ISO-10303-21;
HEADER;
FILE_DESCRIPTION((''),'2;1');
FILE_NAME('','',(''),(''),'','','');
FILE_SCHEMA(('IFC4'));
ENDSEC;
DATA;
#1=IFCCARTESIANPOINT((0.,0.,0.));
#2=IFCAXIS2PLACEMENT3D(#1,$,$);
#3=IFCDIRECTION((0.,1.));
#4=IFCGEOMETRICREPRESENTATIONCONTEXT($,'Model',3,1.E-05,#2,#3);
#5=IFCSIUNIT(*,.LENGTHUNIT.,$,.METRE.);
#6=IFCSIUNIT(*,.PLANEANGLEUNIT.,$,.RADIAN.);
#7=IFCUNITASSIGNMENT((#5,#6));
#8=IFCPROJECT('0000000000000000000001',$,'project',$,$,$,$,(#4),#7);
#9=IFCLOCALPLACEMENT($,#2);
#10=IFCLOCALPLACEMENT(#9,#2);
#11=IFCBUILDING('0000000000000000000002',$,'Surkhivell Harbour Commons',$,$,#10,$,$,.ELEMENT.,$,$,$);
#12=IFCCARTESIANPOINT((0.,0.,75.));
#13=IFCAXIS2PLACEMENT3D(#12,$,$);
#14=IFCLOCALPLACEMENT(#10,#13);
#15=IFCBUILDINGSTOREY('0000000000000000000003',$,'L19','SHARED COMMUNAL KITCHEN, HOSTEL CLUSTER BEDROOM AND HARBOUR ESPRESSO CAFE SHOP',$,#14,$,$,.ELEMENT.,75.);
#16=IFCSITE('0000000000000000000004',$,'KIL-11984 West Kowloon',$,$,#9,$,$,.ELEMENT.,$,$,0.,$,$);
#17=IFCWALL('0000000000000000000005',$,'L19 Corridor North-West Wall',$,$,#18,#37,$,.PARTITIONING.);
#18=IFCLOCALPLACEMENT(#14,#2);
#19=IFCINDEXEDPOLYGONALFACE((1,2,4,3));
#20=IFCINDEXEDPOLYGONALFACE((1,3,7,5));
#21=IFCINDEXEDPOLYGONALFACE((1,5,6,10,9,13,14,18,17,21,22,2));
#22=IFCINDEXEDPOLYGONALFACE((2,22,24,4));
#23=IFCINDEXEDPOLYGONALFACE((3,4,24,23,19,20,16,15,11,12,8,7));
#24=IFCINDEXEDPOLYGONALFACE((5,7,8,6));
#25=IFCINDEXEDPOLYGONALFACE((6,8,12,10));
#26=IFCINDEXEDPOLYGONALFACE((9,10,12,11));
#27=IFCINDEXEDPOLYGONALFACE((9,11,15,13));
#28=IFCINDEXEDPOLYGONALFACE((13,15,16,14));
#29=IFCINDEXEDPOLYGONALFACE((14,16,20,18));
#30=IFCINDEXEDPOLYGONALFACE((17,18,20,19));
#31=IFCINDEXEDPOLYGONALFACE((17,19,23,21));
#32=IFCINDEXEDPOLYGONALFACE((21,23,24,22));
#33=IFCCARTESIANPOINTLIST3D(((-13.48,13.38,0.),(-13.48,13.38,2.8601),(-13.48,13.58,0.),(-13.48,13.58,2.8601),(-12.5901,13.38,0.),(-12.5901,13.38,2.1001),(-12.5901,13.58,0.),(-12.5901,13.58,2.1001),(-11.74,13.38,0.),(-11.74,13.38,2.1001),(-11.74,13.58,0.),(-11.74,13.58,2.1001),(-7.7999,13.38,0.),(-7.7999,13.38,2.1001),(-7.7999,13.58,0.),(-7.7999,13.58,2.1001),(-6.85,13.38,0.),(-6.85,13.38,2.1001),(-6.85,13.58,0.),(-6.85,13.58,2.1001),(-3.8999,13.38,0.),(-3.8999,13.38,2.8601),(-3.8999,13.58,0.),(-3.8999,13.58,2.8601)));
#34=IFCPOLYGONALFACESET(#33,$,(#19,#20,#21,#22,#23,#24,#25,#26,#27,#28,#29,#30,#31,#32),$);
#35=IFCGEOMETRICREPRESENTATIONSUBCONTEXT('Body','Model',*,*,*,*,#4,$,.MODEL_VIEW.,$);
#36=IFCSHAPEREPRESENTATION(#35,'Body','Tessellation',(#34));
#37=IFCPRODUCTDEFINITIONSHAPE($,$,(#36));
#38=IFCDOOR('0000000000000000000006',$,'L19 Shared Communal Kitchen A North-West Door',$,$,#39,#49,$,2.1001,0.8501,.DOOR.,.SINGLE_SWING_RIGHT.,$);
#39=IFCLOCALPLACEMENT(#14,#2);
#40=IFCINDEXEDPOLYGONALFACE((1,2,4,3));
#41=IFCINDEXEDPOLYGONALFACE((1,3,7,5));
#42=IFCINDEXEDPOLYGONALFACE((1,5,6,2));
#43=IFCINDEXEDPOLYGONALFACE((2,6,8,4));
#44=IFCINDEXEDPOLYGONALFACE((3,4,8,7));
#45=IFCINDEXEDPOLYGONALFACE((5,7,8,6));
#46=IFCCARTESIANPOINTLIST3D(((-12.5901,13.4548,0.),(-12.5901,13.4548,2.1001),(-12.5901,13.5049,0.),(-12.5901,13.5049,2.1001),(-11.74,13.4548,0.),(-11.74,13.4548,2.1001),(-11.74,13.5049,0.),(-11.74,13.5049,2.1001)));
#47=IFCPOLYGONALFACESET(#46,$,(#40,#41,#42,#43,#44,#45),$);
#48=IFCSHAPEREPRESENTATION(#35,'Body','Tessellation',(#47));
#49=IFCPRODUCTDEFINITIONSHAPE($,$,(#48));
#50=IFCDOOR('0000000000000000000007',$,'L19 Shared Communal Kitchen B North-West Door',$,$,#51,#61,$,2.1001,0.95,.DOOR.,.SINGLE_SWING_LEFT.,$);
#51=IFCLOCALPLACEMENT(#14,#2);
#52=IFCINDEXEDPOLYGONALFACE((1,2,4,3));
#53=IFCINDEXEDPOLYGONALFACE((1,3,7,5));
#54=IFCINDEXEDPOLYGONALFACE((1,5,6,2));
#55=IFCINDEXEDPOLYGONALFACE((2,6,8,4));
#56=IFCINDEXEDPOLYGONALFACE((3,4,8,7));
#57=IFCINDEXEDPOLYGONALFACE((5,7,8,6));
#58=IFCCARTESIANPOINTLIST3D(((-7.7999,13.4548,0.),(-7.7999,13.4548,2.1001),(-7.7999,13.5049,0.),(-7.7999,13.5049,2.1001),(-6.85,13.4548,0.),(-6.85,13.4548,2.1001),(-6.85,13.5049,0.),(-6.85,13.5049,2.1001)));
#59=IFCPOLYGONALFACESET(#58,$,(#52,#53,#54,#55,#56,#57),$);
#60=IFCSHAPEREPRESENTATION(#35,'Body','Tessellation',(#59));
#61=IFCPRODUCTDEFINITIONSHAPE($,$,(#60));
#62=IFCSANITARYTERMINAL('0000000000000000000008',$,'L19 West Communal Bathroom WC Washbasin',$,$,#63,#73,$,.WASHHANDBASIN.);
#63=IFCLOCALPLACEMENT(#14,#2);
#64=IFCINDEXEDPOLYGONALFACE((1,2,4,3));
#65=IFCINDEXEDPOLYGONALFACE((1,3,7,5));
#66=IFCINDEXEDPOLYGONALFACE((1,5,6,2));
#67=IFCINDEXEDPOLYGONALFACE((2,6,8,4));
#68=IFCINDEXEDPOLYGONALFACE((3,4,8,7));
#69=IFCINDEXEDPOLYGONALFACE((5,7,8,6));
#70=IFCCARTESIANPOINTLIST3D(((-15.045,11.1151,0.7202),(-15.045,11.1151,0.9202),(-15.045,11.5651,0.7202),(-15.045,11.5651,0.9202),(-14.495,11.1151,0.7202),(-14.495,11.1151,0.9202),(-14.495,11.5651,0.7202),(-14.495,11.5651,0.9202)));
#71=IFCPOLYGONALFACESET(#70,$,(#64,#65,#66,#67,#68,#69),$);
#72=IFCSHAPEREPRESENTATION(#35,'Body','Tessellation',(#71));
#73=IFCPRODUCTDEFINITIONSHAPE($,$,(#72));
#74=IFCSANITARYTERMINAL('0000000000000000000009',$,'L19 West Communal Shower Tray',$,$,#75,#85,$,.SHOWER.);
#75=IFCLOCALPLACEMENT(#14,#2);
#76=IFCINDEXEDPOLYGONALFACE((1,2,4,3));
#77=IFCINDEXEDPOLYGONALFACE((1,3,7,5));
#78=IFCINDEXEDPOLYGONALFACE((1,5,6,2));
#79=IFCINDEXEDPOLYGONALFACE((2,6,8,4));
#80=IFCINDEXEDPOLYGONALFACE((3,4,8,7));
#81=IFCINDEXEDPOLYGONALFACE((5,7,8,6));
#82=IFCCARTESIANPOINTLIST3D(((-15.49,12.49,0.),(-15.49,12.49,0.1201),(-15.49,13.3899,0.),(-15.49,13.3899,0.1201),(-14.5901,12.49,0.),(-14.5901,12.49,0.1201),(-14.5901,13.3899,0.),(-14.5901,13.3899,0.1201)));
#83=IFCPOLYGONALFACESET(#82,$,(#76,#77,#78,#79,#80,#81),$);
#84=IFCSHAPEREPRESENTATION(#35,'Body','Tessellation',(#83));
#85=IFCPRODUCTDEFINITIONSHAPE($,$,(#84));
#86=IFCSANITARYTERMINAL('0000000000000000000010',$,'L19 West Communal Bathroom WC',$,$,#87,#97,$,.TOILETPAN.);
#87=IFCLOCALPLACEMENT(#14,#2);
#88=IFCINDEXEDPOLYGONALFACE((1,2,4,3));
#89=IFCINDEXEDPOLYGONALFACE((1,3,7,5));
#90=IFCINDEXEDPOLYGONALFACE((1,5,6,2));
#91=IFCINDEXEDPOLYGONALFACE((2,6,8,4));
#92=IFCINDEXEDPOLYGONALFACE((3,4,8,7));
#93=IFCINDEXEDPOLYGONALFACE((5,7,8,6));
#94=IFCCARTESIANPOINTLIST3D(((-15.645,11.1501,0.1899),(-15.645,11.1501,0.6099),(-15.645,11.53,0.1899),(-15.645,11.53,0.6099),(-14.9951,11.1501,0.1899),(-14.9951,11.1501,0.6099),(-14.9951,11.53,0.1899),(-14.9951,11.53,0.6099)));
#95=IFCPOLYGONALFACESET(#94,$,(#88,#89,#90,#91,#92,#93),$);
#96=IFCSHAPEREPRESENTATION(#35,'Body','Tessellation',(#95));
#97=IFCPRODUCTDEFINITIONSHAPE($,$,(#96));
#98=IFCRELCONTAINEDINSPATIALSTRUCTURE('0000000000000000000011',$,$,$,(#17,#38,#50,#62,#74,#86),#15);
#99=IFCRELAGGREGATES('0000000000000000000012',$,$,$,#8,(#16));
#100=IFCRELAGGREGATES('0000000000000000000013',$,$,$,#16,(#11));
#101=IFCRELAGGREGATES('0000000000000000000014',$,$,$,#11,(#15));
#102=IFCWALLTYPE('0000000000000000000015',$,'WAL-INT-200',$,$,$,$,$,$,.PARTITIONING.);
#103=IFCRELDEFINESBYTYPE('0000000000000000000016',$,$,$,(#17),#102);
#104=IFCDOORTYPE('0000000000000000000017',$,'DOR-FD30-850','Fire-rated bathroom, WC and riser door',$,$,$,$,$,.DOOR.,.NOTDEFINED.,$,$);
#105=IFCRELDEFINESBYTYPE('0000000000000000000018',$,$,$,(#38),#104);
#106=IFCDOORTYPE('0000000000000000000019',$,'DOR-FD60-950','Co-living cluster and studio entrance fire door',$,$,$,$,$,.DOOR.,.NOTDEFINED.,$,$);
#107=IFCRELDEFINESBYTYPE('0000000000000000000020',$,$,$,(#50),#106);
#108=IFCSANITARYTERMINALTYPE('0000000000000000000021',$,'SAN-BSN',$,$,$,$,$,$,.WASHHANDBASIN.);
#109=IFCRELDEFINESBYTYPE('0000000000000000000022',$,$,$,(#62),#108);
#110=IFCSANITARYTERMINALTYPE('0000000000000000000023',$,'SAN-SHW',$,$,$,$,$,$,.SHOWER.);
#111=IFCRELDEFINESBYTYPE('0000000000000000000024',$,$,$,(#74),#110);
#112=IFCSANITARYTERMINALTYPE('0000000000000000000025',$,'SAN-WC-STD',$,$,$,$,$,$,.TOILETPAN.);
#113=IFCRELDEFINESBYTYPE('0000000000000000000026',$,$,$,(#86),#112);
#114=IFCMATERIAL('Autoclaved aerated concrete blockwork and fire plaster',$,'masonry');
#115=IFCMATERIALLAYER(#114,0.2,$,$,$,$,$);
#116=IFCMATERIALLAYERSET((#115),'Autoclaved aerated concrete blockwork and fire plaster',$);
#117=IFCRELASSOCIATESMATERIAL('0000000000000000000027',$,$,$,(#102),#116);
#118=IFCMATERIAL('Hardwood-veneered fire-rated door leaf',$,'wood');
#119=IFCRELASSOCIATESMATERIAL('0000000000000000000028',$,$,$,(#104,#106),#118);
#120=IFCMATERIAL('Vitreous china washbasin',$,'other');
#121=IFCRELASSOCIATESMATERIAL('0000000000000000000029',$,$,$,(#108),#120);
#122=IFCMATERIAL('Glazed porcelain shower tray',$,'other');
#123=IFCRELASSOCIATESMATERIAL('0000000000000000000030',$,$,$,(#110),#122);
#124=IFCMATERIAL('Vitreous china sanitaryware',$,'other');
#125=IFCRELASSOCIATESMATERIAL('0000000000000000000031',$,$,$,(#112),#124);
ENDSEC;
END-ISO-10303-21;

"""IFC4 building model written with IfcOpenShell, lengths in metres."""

from ifc_helpers import new_model, si_unit, direction, frame, frame_2d, origin, origin_2d, place, context, subcontext, project, spatial, rectangle, extrude, material, layer, layer_set, type_object, element, fill, save


model = new_model("IFC4")

# Units and contexts
model_context = context("Model", 3, precision=1e-05, world=origin(), true_north=direction((0.0, 1.0)))
body_context = subcontext(model_context, "Body", "Model", "MODEL_VIEW")
ifc_project = project(units=[si_unit("LENGTHUNIT", "METRE"), si_unit("PLANEANGLEUNIT", "RADIAN")], contexts=[model_context])

# Site, building, storey
site_placement = place(None, origin())
site = spatial("IfcSite", under=ifc_project, at=site_placement, Name="KIL-11984 West Kowloon", CompositionType="ELEMENT", RefElevation=0.0)
building_placement = place(site_placement, origin())
building = spatial("IfcBuilding", under=site, at=building_placement, Name="Surkhivell Harbour Commons", CompositionType="ELEMENT")
storey_placement = place(building_placement, frame((0.0, 0.0, 75.0)))
storey = spatial("IfcBuildingStorey", under=building, at=storey_placement, Name="L19", Description="SHARED COMMUNAL KITCHEN, HOSTEL CLUSTER BEDROOM AND HARBOUR ESPRESSO CAFE SHOP", CompositionType="ELEMENT", Elevation=75.0)

# Shared definitions
ifc_material_1 = material(Name="Hardwood-veneered fire-rated door leaf", Category="wood")

# Shared definitions
ifc_material_2 = material(Name="Autoclaved aerated concrete blockwork and fire plaster", Category="masonry")
ifc_layer_1 = layer(ifc_material_2, 0.2)
ifc_layer_set_1 = layer_set([ifc_layer_1], Name="Autoclaved aerated concrete blockwork and fire plaster")
wall_type_1 = type_object("IfcWallType", Name="WAL-INT-200", PredefinedType="PARTITIONING", material=ifc_layer_set_1)

# Wall, openings, doors
wall_1_placement = place(storey_placement, frame((-13.48, 13.48, 0.0), z_axis=(0.0, 0.0, 1.0), x_axis=(1.0, 0.0, 0.0)))
wall_1 = element("IfcWall", 1, at=wall_1_placement, inside=storey, type_object=wall_type_1, Name="L19 Corridor North-West Wall", PredefinedType="PARTITIONING", context=body_context, shape_type="SweptSolid", body=[
    extrude(rectangle(XDim=9.5801, YDim=0.2, at=frame_2d((4.79, 0.0))), origin(), (0.0, 0.0, 1.0), 2.8601),
])
opening_1_placement = place(wall_1_placement, frame((0.8899, 0.0, 0.0)))
opening_1 = element("IfcOpeningElement", 2, at=opening_1_placement, cuts=wall_1, PredefinedType="OPENING", context=body_context, shape_type="SweptSolid", body=[
    extrude(rectangle(XDim=0.8501, YDim=2.1001, at=frame_2d((0.425, 1.05))), frame((0.0, 0.1099, 0.0), z_axis=(0.0, -1.0, 0.0), x_axis=(1.0, 0.0, 0.0)), (0.0, 0.0, 1.0), 0.22),
])
opening_2_placement = place(wall_1_placement, frame((5.6799, 0.0, 0.0)))
opening_2 = element("IfcOpeningElement", 3, at=opening_2_placement, cuts=wall_1, PredefinedType="OPENING", context=body_context, shape_type="SweptSolid", body=[
    extrude(rectangle(XDim=0.95, YDim=2.1001, at=frame_2d((0.4751, 1.05))), frame((0.0, 0.1099, 0.0), z_axis=(0.0, -1.0, 0.0), x_axis=(1.0, 0.0, 0.0)), (0.0, 0.0, 1.0), 0.22),
])
door_type_1 = type_object("IfcDoorType", Name="DOR-FD30-850", Description="Fire-rated bathroom, WC and riser door", OperationType="NOTDEFINED", PredefinedType="DOOR", material=ifc_material_1)
door_1_placement = place(opening_1_placement, origin())
door_1 = element("IfcDoor", 4, at=door_1_placement, inside=storey, type_object=door_type_1, Name="L19 Shared Communal Kitchen A North-West Door", OperationType="SINGLE_SWING_RIGHT", OverallHeight=2.1001, OverallWidth=0.8501, PredefinedType="DOOR", context=body_context, shape_type="SweptSolid", body=[
    extrude(rectangle(XDim=0.8501, YDim=2.1001, at=frame_2d((0.425, 1.05))), frame((0.0, 0.0249, 0.0), z_axis=(0.0, -1.0, 0.0), x_axis=(1.0, 0.0, 0.0)), (0.0, 0.0, 1.0), 0.05),
])
fill(opening_1, door_1)
door_type_2 = type_object("IfcDoorType", Name="DOR-FD60-950", Description="Co-living cluster and studio entrance fire door", OperationType="NOTDEFINED", PredefinedType="DOOR", material=ifc_material_1)
door_2_placement = place(opening_2_placement, origin())
door_2 = element("IfcDoor", 5, at=door_2_placement, inside=storey, type_object=door_type_2, Name="L19 Shared Communal Kitchen B North-West Door", OperationType="SINGLE_SWING_LEFT", OverallHeight=2.1001, OverallWidth=0.95, PredefinedType="DOOR", context=body_context, shape_type="SweptSolid", body=[
    extrude(rectangle(XDim=0.95, YDim=2.1001, at=frame_2d((0.4751, 1.05))), frame((0.0, 0.0249, 0.0), z_axis=(0.0, -1.0, 0.0), x_axis=(1.0, 0.0, 0.0)), (0.0, 0.0, 1.0), 0.05),
])
fill(opening_2, door_2)

# Sanitary terminals
ifc_material_3 = material(Name="Vitreous china washbasin", Category="other")
sanitary_terminal_type_1 = type_object("IfcSanitaryTerminalType", Name="SAN-BSN", PredefinedType="WASHHANDBASIN", material=ifc_material_3)
sanitary_terminal_1_placement = place(storey_placement, frame((-14.77, 11.3401, 0.7202), z_axis=(0.0, 0.0, 1.0), x_axis=(1.0, 0.0, 0.0)))
element("IfcSanitaryTerminal", 6, at=sanitary_terminal_1_placement, inside=storey, type_object=sanitary_terminal_type_1, Name="L19 West Communal Bathroom WC Washbasin", PredefinedType="WASHHANDBASIN", context=body_context, shape_type="SweptSolid", body=[
    extrude(rectangle(XDim=0.55, YDim=0.45, at=origin_2d()), origin(), (0.0, 0.0, 1.0), 0.2),
])
ifc_material_4 = material(Name="Glazed porcelain shower tray", Category="other")
sanitary_terminal_type_2 = type_object("IfcSanitaryTerminalType", Name="SAN-SHW", PredefinedType="SHOWER", material=ifc_material_4)
sanitary_terminal_2_placement = place(storey_placement, frame((-15.04, 12.9399, 0.0), z_axis=(0.0, 0.0, 1.0), x_axis=(1.0, 0.0, 0.0)))
element("IfcSanitaryTerminal", 7, at=sanitary_terminal_2_placement, inside=storey, type_object=sanitary_terminal_type_2, Name="L19 West Communal Shower Tray", PredefinedType="SHOWER", context=body_context, shape_type="SweptSolid", body=[
    extrude(rectangle(XDim=0.8999, YDim=0.8999, at=origin_2d()), origin(), (0.0, 0.0, 1.0), 0.1201),
])
ifc_material_5 = material(Name="Vitreous china sanitaryware", Category="other")
sanitary_terminal_type_3 = type_object("IfcSanitaryTerminalType", Name="SAN-WC-STD", PredefinedType="TOILETPAN", material=ifc_material_5)
sanitary_terminal_3_placement = place(storey_placement, frame((-15.3201, 11.3401, 0.1899), z_axis=(0.0, 0.0, 1.0), x_axis=(1.0, 0.0, 0.0)))
element("IfcSanitaryTerminal", 8, at=sanitary_terminal_3_placement, inside=storey, type_object=sanitary_terminal_type_3, Name="L19 West Communal Bathroom WC", PredefinedType="TOILETPAN", context=body_context, shape_type="SweptSolid", body=[
    extrude(rectangle(XDim=0.6499, YDim=0.3799, at=origin_2d()), origin(), (0.0, 0.0, 1.0), 0.4199),
])

save(model, "model.ifc")
